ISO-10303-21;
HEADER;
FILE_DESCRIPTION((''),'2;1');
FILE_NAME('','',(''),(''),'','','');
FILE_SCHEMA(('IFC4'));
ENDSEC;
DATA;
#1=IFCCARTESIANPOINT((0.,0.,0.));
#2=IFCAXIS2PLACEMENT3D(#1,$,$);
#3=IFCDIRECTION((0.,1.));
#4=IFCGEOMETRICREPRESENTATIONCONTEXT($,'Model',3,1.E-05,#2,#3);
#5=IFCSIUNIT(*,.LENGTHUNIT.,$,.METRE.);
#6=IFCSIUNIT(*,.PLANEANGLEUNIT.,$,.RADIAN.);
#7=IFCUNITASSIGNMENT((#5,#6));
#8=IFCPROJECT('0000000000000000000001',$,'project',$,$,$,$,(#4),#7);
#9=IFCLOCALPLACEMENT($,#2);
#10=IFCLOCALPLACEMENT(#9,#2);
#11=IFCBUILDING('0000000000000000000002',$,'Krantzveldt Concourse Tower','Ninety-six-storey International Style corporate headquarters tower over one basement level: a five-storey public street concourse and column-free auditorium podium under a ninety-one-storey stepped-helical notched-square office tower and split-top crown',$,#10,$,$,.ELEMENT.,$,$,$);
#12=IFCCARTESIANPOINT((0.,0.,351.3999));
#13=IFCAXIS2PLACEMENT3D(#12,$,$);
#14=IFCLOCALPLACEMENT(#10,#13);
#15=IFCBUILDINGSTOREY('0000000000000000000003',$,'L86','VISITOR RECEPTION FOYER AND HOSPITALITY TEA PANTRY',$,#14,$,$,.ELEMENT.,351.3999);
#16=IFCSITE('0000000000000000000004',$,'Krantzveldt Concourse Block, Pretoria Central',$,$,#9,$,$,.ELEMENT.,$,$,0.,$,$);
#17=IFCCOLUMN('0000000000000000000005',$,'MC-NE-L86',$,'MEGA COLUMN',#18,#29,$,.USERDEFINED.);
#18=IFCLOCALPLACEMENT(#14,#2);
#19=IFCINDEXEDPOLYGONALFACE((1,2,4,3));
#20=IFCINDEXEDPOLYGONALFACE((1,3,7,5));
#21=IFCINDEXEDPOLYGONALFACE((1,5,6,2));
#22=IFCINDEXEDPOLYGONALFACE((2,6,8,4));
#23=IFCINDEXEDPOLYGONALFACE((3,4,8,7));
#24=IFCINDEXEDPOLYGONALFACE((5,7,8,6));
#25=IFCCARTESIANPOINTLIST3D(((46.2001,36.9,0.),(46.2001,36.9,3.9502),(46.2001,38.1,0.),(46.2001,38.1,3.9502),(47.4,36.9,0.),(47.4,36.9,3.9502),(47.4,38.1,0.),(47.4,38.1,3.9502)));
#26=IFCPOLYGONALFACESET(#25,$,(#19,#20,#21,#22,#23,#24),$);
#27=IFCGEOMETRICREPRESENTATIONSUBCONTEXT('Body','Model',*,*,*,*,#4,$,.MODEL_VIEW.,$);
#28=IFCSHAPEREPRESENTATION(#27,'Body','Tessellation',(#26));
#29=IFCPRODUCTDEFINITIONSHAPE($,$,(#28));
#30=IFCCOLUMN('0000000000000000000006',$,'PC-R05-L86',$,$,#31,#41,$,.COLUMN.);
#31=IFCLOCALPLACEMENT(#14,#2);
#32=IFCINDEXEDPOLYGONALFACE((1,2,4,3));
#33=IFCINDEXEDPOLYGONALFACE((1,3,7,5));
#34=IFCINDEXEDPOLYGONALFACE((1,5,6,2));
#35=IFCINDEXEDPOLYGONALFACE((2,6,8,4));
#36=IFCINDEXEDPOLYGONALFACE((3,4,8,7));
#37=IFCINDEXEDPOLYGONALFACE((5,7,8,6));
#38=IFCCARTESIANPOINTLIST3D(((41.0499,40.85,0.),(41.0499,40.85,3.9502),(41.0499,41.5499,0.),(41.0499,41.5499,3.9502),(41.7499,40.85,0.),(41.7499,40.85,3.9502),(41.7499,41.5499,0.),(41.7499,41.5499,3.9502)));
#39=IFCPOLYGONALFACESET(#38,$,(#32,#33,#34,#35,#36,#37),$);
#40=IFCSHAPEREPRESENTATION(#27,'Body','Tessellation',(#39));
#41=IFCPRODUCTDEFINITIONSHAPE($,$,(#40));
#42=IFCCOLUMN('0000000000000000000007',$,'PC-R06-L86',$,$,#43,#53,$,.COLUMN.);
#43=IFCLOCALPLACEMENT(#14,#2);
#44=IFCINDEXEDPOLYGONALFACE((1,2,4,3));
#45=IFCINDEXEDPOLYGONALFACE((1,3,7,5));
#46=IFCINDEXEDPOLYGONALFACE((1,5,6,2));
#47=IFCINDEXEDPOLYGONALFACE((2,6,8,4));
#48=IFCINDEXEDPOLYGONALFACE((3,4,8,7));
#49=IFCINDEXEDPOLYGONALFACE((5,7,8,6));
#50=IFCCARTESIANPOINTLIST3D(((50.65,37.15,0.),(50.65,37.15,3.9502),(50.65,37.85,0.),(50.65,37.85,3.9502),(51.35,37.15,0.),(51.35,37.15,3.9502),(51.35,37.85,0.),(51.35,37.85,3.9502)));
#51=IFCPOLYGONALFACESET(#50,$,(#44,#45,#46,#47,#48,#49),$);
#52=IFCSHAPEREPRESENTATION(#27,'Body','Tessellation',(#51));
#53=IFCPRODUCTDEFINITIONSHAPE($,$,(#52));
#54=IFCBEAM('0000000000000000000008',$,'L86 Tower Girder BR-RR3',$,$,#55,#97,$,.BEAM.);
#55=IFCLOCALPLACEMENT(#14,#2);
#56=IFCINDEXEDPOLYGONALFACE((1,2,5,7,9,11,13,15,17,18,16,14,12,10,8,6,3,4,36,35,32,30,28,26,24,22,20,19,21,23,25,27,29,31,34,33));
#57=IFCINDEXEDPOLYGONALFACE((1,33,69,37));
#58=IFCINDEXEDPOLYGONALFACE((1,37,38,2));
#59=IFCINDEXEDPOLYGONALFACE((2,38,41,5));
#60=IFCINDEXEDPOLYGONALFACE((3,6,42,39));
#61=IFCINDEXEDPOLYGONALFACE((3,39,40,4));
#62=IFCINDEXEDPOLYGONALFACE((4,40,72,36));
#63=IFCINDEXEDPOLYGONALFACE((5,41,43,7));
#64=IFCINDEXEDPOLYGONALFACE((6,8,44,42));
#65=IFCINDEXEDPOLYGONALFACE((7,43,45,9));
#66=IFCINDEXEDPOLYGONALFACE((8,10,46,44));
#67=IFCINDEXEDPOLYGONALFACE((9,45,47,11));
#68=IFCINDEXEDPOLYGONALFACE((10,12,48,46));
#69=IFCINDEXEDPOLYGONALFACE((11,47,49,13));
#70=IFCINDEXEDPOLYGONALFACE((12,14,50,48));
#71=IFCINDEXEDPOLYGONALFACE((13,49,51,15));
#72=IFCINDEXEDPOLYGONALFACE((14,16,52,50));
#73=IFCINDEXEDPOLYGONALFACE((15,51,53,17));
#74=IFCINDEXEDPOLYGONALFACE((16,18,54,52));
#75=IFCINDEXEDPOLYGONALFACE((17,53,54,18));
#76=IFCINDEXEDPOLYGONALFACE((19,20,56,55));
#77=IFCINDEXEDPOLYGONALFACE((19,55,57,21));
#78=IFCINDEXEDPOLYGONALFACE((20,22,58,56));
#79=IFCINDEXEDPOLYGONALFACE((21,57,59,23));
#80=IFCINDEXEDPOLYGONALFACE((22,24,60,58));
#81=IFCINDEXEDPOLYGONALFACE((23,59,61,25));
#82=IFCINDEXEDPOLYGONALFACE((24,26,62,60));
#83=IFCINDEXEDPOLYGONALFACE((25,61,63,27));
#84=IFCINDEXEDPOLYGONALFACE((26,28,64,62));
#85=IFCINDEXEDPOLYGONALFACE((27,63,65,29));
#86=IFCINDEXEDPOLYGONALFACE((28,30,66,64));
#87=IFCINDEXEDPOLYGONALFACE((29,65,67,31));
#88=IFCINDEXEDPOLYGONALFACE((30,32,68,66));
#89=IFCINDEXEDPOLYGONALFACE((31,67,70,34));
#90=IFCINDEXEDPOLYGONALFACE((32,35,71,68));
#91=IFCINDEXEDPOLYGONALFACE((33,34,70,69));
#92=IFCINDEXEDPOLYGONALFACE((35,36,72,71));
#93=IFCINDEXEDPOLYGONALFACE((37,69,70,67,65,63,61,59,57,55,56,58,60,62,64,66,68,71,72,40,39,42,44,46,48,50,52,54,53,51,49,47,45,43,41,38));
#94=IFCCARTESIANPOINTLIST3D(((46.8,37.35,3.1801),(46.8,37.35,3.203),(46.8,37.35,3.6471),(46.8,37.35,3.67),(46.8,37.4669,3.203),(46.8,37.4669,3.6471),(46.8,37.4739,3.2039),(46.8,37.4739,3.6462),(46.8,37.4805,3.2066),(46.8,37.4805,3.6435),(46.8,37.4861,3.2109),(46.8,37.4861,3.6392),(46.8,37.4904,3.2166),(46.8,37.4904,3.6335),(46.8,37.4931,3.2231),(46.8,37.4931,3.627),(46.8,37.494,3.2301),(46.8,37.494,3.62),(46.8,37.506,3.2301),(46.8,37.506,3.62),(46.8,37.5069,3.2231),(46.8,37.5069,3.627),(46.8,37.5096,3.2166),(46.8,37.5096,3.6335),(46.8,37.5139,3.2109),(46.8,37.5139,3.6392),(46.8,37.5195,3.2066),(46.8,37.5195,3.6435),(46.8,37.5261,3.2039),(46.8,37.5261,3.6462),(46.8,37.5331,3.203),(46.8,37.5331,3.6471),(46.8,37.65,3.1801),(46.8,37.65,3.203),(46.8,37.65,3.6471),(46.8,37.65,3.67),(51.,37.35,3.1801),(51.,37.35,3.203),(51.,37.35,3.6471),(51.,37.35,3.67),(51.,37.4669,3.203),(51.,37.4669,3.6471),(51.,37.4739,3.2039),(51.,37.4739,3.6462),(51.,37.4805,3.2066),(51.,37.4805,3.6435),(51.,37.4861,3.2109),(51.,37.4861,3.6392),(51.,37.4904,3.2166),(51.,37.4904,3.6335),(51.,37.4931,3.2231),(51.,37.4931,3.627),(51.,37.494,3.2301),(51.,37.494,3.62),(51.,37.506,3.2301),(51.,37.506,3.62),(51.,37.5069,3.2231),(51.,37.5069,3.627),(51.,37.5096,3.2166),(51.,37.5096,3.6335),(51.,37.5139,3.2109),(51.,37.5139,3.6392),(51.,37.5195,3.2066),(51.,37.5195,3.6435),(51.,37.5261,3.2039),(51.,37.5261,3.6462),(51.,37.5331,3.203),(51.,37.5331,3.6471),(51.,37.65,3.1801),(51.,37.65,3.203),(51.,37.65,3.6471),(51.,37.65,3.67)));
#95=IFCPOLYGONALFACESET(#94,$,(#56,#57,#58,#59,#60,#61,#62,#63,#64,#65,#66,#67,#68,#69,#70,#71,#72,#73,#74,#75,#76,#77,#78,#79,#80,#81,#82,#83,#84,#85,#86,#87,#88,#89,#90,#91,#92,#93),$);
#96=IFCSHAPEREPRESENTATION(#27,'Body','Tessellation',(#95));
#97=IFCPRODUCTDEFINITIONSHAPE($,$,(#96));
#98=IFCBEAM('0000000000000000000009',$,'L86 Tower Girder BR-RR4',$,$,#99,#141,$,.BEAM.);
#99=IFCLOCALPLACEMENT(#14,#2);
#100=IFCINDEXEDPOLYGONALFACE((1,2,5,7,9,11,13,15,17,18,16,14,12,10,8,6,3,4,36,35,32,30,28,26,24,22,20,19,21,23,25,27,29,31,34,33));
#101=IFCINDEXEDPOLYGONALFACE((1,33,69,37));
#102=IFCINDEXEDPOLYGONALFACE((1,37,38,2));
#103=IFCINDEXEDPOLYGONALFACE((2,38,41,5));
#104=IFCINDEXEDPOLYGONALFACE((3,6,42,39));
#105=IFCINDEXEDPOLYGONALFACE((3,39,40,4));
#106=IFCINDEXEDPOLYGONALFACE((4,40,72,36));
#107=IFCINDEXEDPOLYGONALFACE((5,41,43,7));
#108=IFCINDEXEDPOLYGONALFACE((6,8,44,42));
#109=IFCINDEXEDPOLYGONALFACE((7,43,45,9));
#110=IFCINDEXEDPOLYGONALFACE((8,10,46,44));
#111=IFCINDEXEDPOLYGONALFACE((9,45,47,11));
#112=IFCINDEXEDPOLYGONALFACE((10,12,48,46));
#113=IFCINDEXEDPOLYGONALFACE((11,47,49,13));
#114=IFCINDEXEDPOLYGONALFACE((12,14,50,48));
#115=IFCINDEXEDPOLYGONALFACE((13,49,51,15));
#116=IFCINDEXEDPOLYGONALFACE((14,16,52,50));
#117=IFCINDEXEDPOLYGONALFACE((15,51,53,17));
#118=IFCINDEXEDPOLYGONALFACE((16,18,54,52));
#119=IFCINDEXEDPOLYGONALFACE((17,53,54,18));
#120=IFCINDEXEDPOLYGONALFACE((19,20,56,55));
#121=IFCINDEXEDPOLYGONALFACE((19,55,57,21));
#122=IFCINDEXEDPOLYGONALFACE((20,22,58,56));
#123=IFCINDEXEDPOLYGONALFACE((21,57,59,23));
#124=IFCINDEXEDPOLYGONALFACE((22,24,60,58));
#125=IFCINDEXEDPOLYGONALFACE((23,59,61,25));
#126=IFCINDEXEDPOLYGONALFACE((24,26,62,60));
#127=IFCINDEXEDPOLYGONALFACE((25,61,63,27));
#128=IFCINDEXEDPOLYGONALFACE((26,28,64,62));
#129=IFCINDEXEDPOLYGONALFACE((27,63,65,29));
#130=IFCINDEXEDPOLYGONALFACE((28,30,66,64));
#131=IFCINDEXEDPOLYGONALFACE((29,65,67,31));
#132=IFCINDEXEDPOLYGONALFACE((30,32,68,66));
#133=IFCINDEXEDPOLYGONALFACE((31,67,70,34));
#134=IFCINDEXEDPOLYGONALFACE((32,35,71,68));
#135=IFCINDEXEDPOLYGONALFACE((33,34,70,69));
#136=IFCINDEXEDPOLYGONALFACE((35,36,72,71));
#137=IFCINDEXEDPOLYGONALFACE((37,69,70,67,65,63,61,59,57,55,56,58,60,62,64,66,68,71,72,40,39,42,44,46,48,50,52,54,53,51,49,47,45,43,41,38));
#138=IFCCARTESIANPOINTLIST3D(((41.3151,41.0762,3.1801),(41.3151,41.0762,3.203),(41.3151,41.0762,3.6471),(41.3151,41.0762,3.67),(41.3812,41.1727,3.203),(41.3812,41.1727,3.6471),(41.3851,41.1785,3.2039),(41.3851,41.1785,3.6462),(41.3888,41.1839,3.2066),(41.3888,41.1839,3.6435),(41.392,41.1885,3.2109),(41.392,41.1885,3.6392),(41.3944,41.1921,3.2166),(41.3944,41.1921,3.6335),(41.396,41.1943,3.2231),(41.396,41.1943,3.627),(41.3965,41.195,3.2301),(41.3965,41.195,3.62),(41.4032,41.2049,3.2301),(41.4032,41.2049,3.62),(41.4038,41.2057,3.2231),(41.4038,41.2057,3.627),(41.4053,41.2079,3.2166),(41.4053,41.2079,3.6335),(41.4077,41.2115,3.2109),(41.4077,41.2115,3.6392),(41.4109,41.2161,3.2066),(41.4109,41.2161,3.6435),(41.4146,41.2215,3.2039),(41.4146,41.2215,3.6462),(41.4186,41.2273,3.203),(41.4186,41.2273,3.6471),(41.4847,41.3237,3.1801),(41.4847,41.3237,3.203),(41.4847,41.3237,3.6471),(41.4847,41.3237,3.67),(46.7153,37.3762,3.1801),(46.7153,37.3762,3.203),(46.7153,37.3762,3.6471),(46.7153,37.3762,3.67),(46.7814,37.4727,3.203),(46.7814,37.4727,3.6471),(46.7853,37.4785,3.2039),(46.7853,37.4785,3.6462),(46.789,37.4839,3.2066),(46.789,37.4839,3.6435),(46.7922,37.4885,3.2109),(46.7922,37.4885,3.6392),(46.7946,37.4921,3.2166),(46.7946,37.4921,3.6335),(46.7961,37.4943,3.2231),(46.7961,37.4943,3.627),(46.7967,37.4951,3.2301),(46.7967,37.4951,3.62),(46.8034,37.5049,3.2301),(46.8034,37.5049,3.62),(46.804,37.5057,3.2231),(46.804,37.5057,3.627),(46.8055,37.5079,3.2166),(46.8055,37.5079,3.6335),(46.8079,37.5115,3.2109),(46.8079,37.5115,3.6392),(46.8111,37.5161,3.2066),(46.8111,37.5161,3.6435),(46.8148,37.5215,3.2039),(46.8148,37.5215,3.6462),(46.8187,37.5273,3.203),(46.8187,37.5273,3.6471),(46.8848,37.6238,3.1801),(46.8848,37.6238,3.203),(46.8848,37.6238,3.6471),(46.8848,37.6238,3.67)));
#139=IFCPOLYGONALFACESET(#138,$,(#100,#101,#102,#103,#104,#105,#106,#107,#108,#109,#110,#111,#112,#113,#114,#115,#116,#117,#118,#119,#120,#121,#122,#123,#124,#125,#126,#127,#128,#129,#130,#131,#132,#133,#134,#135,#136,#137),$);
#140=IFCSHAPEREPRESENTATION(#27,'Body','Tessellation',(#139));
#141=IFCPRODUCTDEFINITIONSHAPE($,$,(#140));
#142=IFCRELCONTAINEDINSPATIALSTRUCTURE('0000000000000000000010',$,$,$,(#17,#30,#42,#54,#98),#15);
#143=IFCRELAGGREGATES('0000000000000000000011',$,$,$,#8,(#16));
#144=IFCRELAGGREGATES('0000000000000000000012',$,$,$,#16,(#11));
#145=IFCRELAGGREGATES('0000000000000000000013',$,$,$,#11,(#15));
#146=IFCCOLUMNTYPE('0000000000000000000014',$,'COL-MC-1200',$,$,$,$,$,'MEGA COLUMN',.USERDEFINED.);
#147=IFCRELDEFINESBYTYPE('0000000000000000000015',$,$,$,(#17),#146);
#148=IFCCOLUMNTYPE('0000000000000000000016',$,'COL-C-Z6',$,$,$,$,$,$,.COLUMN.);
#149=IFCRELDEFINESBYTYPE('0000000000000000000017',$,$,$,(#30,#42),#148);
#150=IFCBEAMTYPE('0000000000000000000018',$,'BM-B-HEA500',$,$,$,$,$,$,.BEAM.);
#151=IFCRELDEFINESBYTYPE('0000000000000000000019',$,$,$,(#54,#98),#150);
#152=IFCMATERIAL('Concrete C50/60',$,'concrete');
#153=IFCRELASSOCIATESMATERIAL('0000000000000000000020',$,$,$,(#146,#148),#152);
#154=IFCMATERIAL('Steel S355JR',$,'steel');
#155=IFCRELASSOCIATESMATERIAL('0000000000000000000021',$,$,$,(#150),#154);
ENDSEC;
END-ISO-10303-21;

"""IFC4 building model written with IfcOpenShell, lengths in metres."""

from ifc_helpers import new_model, si_unit, direction, frame, origin, origin_2d, place, context, subcontext, project, spatial, rectangle, i_section, extrude, source, transform, mapped, material, material_profile, profile_set, type_object, type_shapes, element, save


model = new_model("IFC4")

# Units and contexts
model_context = context("Model", 3, precision=1e-05, world=origin(), true_north=direction((0.0, 1.0)))
body_context = subcontext(model_context, "Body", "Model", "MODEL_VIEW")
ifc_project = project(units=[si_unit("LENGTHUNIT", "METRE"), si_unit("PLANEANGLEUNIT", "RADIAN")], contexts=[model_context])

# Site, building, storey
site_placement = place(None, origin())
site = spatial("IfcSite", under=ifc_project, at=site_placement, Name="Krantzveldt Concourse Block, Pretoria Central", CompositionType="ELEMENT", RefElevation=0.0)
building_placement = place(site_placement, origin())
building = spatial("IfcBuilding", under=site, at=building_placement, Name="Krantzveldt Concourse Tower", Description="Ninety-six-storey International Style corporate headquarters tower over one basement level: a five-storey public street concourse and column-free auditorium podium under a ninety-one-storey stepped-helical notched-square office tower and split-top crown", CompositionType="ELEMENT")
storey_placement = place(building_placement, frame((0.0, 0.0, 351.3999)))
storey = spatial("IfcBuildingStorey", under=building, at=storey_placement, Name="L86", Description="VISITOR RECEPTION FOYER AND HOSPITALITY TEA PANTRY", CompositionType="ELEMENT", Elevation=351.3999)

# Columns
ifc_material_1 = material(Name="Concrete C50/60", Category="concrete")
ifc_material_profile_1 = material_profile(ifc_material_1, rectangle(XDim=1.2, YDim=1.2, at=origin_2d()), Name="Concrete C50/60", Category="concrete")
ifc_profile_set_1 = profile_set([ifc_material_profile_1], Name="Concrete C50/60 - RC 1200x1200")
column_type_1 = type_object("IfcColumnType", Name="COL-MC-1200", ElementType="MEGA COLUMN", PredefinedType="USERDEFINED", material=ifc_profile_set_1)
shared_shape_1 = source(origin(), body_context, "Body", "SweptSolid", [
    extrude(rectangle(XDim=1.2, YDim=1.2, at=origin_2d()), origin(), (0.0, 0.0, 1.0), 3.9502),
])
type_shapes(column_type_1, [shared_shape_1])
column_placement = place(storey_placement, frame((46.8, 37.5, 0.0), z_axis=(0.0, 0.0, 1.0), x_axis=(1.0, 0.0, 0.0)))
element("IfcColumn", 1, at=column_placement, inside=storey, type_object=column_type_1, Name="MC-NE-L86", ObjectType="MEGA COLUMN", PredefinedType="USERDEFINED", context=body_context, shape_type="MappedRepresentation", body=[
    mapped(shared_shape_1, transform((0.0, 0.0, 0.0), x_axis=(1.0, 0.0, 0.0), y_axis=(0.0, 1.0, 0.0), z_axis=(0.0, 0.0, 1.0), scale=1.0)),
])
ifc_material_profile_2 = material_profile(ifc_material_1, rectangle(XDim=0.7, YDim=0.7, at=origin_2d()), Name="Concrete C50/60", Category="concrete")
ifc_profile_set_2 = profile_set([ifc_material_profile_2], Name="Concrete C50/60 - RC 700x700")
column_type_2 = type_object("IfcColumnType", Name="COL-C-Z6", PredefinedType="COLUMN", material=ifc_profile_set_2)
shared_shape_2 = source(origin(), body_context, "Body", "SweptSolid", [
    extrude(rectangle(XDim=0.7, YDim=0.7, at=origin_2d()), origin(), (0.0, 0.0, 1.0), 3.9502),
])
type_shapes(column_type_2, [shared_shape_2])
for number, where, z_axis, x_axis, name in (
    (2, (41.3999, 41.2, 0.0), (0.0, 0.0, 1.0), (1.0, 0.0, 0.0), "PC-R05-L86"),
    (3, (51.0, 37.5, 0.0), (0.0, 0.0, 1.0), (1.0, 0.0, 0.0), "PC-R06-L86"),
):
    element("IfcColumn", number, at=place(storey_placement, frame(where, z_axis=z_axis, x_axis=x_axis)), inside=storey, type_object=column_type_2, Name=name, PredefinedType="COLUMN", context=body_context, shape_type="MappedRepresentation", body=[
        mapped(shared_shape_2, transform((0.0, 0.0, 0.0), x_axis=(1.0, 0.0, 0.0), y_axis=(0.0, 1.0, 0.0), z_axis=(0.0, 0.0, 1.0), scale=1.0)),
    ])

# Beams
ifc_material_2 = material(Name="Steel S355JR", Category="steel")
ifc_material_profile_3 = material_profile(ifc_material_2, i_section(OverallWidth=0.3, OverallDepth=0.49, WebThickness=0.012, FlangeThickness=0.0229, FilletRadius=0.0271, at=origin_2d()), Name="Steel S355JR", Category="steel")
ifc_profile_set_3 = profile_set([ifc_material_profile_3], Name="Steel S355JR - HEA 500")
beam_type_1 = type_object("IfcBeamType", Name="BM-B-HEA500", PredefinedType="BEAM", material=ifc_profile_set_3)
shared_shape_3 = source(origin(), body_context, "Body", "SweptSolid", [
    extrude(i_section(OverallWidth=0.3, OverallDepth=0.49, WebThickness=0.012, FlangeThickness=0.0229, FilletRadius=0.0271, at=origin_2d()), origin(), (0.0, 0.0, 1.0), 4.2),
])
beam_1_placement = place(storey_placement, frame((46.8, 37.5, 3.425), z_axis=(1.0, 0.0, 0.0), x_axis=(0.0, 1.0, 0.0)))
element("IfcBeam", 4, at=beam_1_placement, inside=storey, type_object=beam_type_1, Name="L86 Tower Girder BR-RR3", PredefinedType="BEAM", context=body_context, shape_type="MappedRepresentation", body=[
    mapped(shared_shape_3, transform((0.0, 0.0, 0.0), x_axis=(1.0, 0.0, 0.0), y_axis=(0.0, 1.0, 0.0), z_axis=(0.0, 0.0, 1.0), scale=1.0)),
])
shared_shape_4 = source(origin(), body_context, "Body", "SweptSolid", [
    extrude(i_section(OverallWidth=0.3, OverallDepth=0.49, WebThickness=0.012, FlangeThickness=0.0229, FilletRadius=0.0271, at=origin_2d()), origin(), (0.0, 0.0, 1.0), 6.5461),
])
type_shapes(beam_type_1, [shared_shape_3, shared_shape_4])
beam_2_placement = place(storey_placement, frame((46.8, 37.5, 3.425), z_axis=(-0.824943, 0.565216, 0.0), x_axis=(-0.565216, -0.824943, 0.0)))
element("IfcBeam", 5, at=beam_2_placement, inside=storey, type_object=beam_type_1, Name="L86 Tower Girder BR-RR4", PredefinedType="BEAM", context=body_context, shape_type="MappedRepresentation", body=[
    mapped(shared_shape_4, transform((0.0, 0.0, 0.0), x_axis=(1.0, 0.0, 0.0), y_axis=(0.0, 1.0, 0.0), z_axis=(0.0, 0.0, 1.0), scale=1.0)),
])

save(model, "model.ifc")
